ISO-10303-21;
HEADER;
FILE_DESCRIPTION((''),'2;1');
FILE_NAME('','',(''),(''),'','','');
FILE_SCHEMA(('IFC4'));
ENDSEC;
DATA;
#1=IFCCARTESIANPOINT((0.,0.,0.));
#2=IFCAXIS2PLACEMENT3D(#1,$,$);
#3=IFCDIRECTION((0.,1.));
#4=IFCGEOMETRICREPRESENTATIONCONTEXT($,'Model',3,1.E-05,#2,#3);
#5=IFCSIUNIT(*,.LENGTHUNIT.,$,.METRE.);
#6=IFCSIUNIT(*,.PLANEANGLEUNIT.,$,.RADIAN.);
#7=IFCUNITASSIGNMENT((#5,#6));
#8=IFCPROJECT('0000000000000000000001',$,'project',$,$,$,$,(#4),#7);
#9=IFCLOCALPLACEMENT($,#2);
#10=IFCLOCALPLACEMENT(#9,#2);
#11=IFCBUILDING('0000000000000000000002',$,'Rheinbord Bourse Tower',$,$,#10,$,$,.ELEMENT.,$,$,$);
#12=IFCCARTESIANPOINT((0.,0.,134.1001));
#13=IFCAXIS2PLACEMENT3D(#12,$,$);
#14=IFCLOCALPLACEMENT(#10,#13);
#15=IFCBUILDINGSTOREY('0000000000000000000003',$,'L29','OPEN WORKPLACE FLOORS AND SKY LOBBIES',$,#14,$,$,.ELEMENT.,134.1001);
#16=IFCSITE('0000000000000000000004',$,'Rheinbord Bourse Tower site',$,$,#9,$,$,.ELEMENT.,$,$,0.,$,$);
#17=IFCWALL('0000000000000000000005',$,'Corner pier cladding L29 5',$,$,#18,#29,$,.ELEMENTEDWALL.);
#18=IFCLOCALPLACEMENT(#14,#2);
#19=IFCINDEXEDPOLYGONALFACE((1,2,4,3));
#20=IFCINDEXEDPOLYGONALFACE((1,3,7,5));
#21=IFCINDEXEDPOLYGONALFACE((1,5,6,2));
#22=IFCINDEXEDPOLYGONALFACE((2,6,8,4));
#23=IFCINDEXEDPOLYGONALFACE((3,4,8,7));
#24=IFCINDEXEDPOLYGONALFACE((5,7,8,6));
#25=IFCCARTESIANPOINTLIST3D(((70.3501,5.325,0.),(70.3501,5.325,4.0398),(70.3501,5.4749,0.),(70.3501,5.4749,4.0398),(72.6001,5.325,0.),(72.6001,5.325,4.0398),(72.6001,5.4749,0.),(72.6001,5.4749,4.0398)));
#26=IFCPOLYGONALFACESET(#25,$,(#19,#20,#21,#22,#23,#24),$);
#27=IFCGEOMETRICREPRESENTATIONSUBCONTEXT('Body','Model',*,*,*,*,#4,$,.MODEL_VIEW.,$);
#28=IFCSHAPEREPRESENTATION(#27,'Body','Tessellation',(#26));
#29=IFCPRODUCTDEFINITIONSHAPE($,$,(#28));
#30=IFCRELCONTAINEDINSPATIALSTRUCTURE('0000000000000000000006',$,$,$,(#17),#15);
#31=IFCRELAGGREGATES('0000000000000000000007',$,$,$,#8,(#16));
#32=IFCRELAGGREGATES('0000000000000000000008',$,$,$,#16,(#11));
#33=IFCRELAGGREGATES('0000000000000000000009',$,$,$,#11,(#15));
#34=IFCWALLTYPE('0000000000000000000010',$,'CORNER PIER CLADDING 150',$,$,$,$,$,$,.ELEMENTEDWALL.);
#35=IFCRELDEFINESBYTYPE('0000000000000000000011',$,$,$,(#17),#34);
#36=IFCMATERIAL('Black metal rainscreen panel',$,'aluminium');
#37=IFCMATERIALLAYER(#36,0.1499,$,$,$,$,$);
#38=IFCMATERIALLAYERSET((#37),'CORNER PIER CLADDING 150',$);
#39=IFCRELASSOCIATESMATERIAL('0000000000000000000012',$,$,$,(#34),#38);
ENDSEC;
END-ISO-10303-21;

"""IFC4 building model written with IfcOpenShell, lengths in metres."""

from ifc_helpers import new_model, si_unit, direction, frame, frame_2d, origin, place, context, subcontext, project, spatial, rectangle, extrude, material, layer, layer_set, type_object, element, save


model = new_model("IFC4")

# Units and contexts
model_context = context("Model", 3, precision=1e-05, world=origin(), true_north=direction((0.0, 1.0)))
body_context = subcontext(model_context, "Body", "Model", "MODEL_VIEW")
ifc_project = project(units=[si_unit("LENGTHUNIT", "METRE"), si_unit("PLANEANGLEUNIT", "RADIAN")], contexts=[model_context])

# Site, building, storey
site_placement = place(None, origin())
site = spatial("IfcSite", under=ifc_project, at=site_placement, Name="Rheinbord Bourse Tower site", CompositionType="ELEMENT", RefElevation=0.0)
building_placement = place(site_placement, origin())
building = spatial("IfcBuilding", under=site, at=building_placement, Name="Rheinbord Bourse Tower", CompositionType="ELEMENT")
storey_placement = place(building_placement, frame((0.0, 0.0, 134.1001)))
storey = spatial("IfcBuildingStorey", under=building, at=storey_placement, Name="L29", Description="OPEN WORKPLACE FLOORS AND SKY LOBBIES", CompositionType="ELEMENT", Elevation=134.1001)

# Wall
ifc_material_1 = material(Name="Black metal rainscreen panel", Category="aluminium")
ifc_layer_1 = layer(ifc_material_1, 0.1499)
ifc_layer_set_1 = layer_set([ifc_layer_1], Name="CORNER PIER CLADDING 150")
wall_type = type_object("IfcWallType", Name="CORNER PIER CLADDING 150", PredefinedType="ELEMENTEDWALL", material=ifc_layer_set_1)
wall_1_placement = place(storey_placement, frame((70.3501, 5.3999, 0.0), z_axis=(0.0, 0.0, 1.0), x_axis=(1.0, 0.0, 0.0)))
element("IfcWall", 1, at=wall_1_placement, inside=storey, type_object=wall_type, Name="Corner pier cladding L29 5", PredefinedType="ELEMENTEDWALL", context=body_context, shape_type="SweptSolid", body=[
    extrude(rectangle(XDim=2.25, YDim=0.1499, at=frame_2d((1.125, 0.0))), origin(), (0.0, 0.0, 1.0), 4.0398),
])

save(model, "model.ifc")
